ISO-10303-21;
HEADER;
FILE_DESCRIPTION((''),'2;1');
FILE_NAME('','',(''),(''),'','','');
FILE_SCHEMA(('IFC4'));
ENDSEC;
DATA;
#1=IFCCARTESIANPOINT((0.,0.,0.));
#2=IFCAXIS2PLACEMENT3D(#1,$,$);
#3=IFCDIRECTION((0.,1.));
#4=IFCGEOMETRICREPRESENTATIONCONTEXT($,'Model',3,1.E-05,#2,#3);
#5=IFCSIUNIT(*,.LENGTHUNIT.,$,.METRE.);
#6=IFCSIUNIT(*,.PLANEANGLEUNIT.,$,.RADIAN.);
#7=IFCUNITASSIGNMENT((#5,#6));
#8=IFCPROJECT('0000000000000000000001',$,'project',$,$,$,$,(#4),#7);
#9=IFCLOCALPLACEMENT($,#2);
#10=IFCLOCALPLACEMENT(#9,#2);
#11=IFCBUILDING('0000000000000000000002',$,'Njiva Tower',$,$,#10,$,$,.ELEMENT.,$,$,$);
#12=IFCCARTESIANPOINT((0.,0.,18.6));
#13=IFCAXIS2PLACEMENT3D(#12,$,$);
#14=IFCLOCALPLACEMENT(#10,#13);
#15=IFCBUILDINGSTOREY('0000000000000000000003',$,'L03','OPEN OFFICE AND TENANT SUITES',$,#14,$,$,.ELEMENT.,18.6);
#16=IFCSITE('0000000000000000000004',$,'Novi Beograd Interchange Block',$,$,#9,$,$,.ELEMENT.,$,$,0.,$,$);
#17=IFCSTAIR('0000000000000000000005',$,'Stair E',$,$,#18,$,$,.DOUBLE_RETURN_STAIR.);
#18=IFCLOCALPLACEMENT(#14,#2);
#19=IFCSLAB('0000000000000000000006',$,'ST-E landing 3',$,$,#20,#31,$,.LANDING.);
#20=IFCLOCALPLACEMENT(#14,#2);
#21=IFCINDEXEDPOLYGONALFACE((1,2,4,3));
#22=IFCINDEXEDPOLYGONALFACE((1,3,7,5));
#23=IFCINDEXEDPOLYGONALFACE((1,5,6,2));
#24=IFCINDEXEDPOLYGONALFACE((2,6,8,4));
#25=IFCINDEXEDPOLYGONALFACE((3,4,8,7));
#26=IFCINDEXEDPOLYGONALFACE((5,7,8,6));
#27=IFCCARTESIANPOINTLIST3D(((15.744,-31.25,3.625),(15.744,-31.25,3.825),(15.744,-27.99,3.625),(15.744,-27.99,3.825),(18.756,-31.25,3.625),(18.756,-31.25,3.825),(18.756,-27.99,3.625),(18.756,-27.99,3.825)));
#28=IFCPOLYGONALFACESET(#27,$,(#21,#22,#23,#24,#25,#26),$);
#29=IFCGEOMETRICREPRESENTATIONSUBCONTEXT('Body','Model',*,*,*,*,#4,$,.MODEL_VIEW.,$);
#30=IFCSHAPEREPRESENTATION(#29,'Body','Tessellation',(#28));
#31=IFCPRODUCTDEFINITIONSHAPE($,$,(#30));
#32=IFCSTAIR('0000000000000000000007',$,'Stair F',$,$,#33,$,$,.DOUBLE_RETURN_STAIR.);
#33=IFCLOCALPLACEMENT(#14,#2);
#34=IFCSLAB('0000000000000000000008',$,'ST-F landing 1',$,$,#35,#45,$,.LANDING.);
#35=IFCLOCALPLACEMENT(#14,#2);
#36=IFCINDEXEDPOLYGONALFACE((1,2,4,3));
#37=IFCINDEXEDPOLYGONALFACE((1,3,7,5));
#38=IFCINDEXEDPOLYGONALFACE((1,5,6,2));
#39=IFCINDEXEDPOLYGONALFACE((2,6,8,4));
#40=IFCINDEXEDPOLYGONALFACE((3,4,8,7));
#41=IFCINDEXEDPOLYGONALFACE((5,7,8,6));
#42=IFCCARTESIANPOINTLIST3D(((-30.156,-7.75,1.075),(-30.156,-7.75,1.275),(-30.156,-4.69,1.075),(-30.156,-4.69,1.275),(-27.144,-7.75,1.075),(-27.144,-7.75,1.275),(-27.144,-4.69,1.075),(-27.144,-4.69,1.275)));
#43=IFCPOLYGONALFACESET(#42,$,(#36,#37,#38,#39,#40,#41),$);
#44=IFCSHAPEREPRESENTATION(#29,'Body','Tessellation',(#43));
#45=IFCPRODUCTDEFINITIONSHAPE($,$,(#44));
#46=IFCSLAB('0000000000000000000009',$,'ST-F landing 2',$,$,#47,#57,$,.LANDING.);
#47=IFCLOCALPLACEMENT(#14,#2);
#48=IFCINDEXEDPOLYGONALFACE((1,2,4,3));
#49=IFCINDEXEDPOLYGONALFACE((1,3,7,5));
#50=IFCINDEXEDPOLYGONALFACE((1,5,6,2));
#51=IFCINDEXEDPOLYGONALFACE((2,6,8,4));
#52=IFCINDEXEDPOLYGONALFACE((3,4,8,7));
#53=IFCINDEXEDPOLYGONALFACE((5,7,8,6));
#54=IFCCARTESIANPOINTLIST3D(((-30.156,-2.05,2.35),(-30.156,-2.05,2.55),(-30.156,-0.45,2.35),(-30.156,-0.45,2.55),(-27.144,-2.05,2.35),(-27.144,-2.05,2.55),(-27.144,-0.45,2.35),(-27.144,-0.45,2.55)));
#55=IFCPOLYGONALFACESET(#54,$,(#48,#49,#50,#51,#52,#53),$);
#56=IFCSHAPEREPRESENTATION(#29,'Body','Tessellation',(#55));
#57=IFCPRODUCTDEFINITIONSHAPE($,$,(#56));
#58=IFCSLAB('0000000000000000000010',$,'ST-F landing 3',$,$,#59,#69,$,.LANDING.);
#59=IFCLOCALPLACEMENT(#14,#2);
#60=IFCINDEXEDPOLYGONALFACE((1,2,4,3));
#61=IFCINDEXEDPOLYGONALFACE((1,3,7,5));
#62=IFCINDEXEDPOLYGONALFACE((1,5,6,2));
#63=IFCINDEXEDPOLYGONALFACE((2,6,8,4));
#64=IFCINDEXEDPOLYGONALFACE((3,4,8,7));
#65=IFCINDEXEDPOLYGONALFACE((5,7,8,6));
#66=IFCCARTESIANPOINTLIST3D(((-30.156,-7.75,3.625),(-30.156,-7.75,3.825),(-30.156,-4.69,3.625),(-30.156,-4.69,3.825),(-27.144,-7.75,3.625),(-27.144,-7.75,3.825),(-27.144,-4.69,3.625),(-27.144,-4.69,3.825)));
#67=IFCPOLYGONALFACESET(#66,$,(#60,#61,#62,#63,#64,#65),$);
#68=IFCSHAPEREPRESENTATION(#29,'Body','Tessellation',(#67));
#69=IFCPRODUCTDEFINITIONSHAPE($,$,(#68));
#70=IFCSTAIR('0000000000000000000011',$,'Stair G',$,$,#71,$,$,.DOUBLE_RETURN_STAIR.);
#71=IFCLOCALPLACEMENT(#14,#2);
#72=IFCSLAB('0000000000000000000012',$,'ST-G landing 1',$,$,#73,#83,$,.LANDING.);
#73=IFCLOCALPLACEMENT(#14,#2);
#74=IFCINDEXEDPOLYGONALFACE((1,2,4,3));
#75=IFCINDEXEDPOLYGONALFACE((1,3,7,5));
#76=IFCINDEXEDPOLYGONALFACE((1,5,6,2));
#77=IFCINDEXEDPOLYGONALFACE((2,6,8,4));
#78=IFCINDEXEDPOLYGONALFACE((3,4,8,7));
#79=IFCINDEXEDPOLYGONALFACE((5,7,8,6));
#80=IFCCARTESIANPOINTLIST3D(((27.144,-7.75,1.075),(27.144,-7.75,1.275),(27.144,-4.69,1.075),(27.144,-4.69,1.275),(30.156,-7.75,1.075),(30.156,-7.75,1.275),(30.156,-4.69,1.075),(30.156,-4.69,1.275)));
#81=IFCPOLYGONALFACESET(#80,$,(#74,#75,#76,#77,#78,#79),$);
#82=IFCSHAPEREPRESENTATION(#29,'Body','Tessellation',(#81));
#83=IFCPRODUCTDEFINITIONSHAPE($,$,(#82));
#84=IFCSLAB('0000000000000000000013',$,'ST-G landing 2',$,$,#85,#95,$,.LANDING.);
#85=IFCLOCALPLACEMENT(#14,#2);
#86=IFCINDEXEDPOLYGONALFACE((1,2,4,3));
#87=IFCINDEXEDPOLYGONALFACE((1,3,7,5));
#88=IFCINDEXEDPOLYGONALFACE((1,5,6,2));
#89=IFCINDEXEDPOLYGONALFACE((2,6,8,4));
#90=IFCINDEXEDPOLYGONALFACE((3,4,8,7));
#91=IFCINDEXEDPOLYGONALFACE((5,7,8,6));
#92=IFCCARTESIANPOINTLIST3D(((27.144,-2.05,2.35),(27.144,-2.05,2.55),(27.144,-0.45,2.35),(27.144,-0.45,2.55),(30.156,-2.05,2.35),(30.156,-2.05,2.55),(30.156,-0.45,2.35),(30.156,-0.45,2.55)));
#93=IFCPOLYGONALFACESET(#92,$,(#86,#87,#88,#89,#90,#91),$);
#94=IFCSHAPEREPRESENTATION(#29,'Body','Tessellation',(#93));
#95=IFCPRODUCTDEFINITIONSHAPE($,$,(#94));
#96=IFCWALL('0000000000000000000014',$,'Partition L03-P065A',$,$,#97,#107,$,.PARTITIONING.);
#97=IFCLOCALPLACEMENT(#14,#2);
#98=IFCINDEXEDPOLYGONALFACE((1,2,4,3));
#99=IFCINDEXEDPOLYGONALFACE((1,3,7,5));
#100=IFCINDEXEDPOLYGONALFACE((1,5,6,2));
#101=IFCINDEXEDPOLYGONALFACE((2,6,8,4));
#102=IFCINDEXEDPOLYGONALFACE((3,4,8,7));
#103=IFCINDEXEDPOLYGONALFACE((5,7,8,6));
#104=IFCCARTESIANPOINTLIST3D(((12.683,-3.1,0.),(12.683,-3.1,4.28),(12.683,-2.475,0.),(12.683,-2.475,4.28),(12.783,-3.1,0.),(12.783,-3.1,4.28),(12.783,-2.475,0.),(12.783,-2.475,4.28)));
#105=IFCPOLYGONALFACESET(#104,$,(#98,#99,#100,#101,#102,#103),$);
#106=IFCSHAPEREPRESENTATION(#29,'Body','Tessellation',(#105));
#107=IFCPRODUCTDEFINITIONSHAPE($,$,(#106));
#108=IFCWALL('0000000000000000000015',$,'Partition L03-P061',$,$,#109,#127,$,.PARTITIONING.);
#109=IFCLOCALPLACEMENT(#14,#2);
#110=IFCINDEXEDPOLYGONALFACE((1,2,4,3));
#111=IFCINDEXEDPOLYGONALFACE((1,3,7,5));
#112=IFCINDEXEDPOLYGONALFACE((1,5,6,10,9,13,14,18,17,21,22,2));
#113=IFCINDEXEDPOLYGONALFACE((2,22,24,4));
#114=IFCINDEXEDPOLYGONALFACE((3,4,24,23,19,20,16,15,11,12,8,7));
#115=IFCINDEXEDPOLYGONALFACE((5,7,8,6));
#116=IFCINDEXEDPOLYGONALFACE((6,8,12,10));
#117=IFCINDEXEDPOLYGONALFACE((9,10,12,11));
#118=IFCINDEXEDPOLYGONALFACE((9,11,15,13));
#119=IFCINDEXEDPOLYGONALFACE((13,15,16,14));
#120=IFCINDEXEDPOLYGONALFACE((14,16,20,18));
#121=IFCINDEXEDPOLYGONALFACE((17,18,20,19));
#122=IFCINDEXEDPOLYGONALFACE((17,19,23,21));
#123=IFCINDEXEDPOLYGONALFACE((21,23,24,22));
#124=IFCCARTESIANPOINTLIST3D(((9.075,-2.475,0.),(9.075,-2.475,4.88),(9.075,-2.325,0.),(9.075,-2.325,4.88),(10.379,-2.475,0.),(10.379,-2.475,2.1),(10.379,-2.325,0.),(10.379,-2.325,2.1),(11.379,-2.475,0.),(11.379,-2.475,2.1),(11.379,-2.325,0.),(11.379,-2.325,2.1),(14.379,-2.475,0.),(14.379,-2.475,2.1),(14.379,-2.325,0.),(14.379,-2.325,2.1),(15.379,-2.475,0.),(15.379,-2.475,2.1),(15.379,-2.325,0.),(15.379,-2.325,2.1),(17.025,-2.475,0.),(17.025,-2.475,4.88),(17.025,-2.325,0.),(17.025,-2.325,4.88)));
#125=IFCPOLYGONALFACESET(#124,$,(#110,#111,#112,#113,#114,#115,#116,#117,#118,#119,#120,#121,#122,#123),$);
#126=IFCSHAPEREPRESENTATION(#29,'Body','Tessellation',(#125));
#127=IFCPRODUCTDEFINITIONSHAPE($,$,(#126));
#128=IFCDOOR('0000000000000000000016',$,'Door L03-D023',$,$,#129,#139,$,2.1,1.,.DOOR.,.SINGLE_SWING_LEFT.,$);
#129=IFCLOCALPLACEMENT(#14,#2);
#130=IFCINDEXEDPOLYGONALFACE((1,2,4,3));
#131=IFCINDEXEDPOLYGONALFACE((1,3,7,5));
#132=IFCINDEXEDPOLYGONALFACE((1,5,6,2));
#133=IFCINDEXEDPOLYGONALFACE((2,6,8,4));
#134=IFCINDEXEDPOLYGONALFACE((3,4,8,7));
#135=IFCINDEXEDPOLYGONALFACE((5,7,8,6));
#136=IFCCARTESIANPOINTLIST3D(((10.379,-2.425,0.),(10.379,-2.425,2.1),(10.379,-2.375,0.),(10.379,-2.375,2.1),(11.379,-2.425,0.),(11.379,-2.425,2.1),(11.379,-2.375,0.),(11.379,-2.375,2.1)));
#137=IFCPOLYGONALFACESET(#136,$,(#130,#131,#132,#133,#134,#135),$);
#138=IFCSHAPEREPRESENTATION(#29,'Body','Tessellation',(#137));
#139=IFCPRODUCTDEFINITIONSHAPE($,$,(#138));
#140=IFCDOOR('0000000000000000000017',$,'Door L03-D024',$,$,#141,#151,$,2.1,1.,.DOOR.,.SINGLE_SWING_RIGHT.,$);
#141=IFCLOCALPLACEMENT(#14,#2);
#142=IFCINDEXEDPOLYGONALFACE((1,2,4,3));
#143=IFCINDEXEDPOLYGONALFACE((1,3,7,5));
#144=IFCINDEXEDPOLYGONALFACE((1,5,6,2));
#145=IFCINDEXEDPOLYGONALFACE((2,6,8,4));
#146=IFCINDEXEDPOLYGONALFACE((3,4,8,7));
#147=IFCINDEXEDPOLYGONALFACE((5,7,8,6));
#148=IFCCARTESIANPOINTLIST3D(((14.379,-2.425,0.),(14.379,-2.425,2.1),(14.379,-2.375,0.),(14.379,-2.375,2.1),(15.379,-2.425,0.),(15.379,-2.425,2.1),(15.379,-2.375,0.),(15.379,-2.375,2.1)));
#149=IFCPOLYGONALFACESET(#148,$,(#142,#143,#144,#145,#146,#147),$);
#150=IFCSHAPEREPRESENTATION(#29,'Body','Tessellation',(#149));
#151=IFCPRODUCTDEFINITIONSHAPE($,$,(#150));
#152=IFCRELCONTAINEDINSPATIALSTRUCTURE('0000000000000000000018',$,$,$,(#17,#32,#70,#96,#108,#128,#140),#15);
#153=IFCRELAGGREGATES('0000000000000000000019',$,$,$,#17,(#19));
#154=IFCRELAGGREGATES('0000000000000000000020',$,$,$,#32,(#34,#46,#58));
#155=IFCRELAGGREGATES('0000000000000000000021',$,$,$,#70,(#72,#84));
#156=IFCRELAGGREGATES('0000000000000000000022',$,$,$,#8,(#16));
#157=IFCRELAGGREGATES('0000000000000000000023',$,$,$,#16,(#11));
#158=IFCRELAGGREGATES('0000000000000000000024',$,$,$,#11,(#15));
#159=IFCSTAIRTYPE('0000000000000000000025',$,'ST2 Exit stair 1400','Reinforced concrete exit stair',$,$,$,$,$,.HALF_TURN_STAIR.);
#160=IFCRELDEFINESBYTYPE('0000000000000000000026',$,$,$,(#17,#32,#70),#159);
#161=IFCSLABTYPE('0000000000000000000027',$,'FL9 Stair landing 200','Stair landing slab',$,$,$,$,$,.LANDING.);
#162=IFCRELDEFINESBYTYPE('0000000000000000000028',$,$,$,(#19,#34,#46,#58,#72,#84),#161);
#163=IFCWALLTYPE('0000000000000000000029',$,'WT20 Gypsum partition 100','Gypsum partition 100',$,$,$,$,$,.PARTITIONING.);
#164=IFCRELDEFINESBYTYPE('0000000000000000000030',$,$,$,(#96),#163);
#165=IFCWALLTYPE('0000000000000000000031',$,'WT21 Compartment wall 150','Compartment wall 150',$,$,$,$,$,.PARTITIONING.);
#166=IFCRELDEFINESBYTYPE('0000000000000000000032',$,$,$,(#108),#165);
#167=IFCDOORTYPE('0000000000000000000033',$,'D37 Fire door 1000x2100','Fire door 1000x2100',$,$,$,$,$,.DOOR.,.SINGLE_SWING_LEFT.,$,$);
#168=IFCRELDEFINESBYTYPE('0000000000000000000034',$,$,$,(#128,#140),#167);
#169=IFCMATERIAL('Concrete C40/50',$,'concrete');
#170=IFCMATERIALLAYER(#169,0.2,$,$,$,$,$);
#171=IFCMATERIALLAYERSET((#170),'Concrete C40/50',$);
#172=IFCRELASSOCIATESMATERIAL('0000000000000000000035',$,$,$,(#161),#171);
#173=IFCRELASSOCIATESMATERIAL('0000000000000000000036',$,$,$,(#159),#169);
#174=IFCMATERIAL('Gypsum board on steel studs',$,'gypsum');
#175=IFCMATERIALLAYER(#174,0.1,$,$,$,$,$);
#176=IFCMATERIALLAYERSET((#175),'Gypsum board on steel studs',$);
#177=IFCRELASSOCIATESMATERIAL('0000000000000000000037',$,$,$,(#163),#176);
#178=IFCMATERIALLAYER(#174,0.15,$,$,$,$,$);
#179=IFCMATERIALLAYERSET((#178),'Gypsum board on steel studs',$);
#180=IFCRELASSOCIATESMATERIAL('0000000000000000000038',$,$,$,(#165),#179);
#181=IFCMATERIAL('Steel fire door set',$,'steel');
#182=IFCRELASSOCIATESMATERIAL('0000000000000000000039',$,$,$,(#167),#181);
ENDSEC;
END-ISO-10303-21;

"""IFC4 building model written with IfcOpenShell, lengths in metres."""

from ifc_helpers import new_model, si_unit, direction, frame, frame_2d, origin, place, context, subcontext, project, spatial, polyline, rectangle, outline, extrude, material, layer, layer_set, type_object, element, fill, aggregate, save


model = new_model("IFC4")

# Units and contexts
model_context = context("Model", 3, precision=1e-05, world=origin(), true_north=direction((0.0, 1.0)))
body_context = subcontext(model_context, "Body", "Model", "MODEL_VIEW")
ifc_project = project(units=[si_unit("LENGTHUNIT", "METRE"), si_unit("PLANEANGLEUNIT", "RADIAN")], contexts=[model_context])

# Site, building, storey
site_placement = place(None, origin())
site = spatial("IfcSite", under=ifc_project, at=site_placement, Name="Novi Beograd Interchange Block", CompositionType="ELEMENT", RefElevation=0.0)
building_placement = place(site_placement, origin())
building = spatial("IfcBuilding", under=site, at=building_placement, Name="Njiva Tower", CompositionType="ELEMENT")
storey_placement = place(building_placement, frame((0.0, 0.0, 18.6)))
storey = spatial("IfcBuildingStorey", under=building, at=storey_placement, Name="L03", Description="OPEN OFFICE AND TENANT SUITES", CompositionType="ELEMENT", Elevation=18.6)

# Stairs, slabs
ifc_material_1 = material(Name="Concrete C40/50", Category="concrete")
ifc_layer_1 = layer(ifc_material_1, 0.2)
ifc_layer_set_1 = layer_set([ifc_layer_1], Name="Concrete C40/50")
slab_type = type_object("IfcSlabType", Name="FL9 Stair landing 200", Description="Stair landing slab", PredefinedType="LANDING", material=ifc_layer_set_1)
stair_type_1 = type_object("IfcStairType", Name="ST2 Exit stair 1400", Description="Reinforced concrete exit stair", PredefinedType="HALF_TURN_STAIR", material=ifc_material_1)
stair_1_placement = place(storey_placement, origin())
stair_1 = element("IfcStair", 1, at=stair_1_placement, inside=storey, type_object=stair_type_1, Name="Stair E", PredefinedType="DOUBLE_RETURN_STAIR")
slab_1_placement = place(storey_placement, frame((0.0, 0.0, 3.625)))
slab_1 = element("IfcSlab", 2, at=slab_1_placement, type_object=slab_type, Name="ST-E landing 3", PredefinedType="LANDING", context=body_context, shape_type="SweptSolid", body=[
    extrude(outline(polyline([(15.744, -31.25), (18.756, -31.25), (18.756, -27.99), (15.744, -27.99), (15.744, -31.25)])), origin(), (0.0, 0.0, 1.0), 0.2),
])
aggregate(stair_1, [slab_1])
stair_2_placement = place(storey_placement, origin())
stair_2 = element("IfcStair", 3, at=stair_2_placement, inside=storey, type_object=stair_type_1, Name="Stair F", PredefinedType="DOUBLE_RETURN_STAIR")
slab_2_placement = place(storey_placement, frame((0.0, 0.0, 1.075)))
slab_2 = element("IfcSlab", 4, at=slab_2_placement, type_object=slab_type, Name="ST-F landing 1", PredefinedType="LANDING", context=body_context, shape_type="SweptSolid", body=[
    extrude(outline(polyline([(-30.156, -7.75), (-27.144, -7.75), (-27.144, -4.69), (-30.156, -4.69), (-30.156, -7.75)])), origin(), (0.0, 0.0, 1.0), 0.2),
])
slab_3_placement = place(storey_placement, frame((0.0, 0.0, 2.35)))
slab_3 = element("IfcSlab", 5, at=slab_3_placement, type_object=slab_type, Name="ST-F landing 2", PredefinedType="LANDING", context=body_context, shape_type="SweptSolid", body=[
    extrude(outline(polyline([(-30.156, -2.05), (-27.144, -2.05), (-27.144, -0.45), (-30.156, -0.45), (-30.156, -2.05)])), origin(), (0.0, 0.0, 1.0), 0.2),
])
slab_4_placement = place(storey_placement, frame((0.0, 0.0, 3.625)))
slab_4 = element("IfcSlab", 6, at=slab_4_placement, type_object=slab_type, Name="ST-F landing 3", PredefinedType="LANDING", context=body_context, shape_type="SweptSolid", body=[
    extrude(outline(polyline([(-30.156, -7.75), (-27.144, -7.75), (-27.144, -4.69), (-30.156, -4.69), (-30.156, -7.75)])), origin(), (0.0, 0.0, 1.0), 0.2),
])
aggregate(stair_2, [slab_2, slab_3, slab_4])
stair_3_placement = place(storey_placement, origin())
stair_3 = element("IfcStair", 7, at=stair_3_placement, inside=storey, type_object=stair_type_1, Name="Stair G", PredefinedType="DOUBLE_RETURN_STAIR")
slab_5_placement = place(storey_placement, frame((0.0, 0.0, 1.075)))
slab_5 = element("IfcSlab", 8, at=slab_5_placement, type_object=slab_type, Name="ST-G landing 1", PredefinedType="LANDING", context=body_context, shape_type="SweptSolid", body=[
    extrude(outline(polyline([(27.144, -7.75), (30.156, -7.75), (30.156, -4.69), (27.144, -4.69), (27.144, -7.75)])), origin(), (0.0, 0.0, 1.0), 0.2),
])
slab_6_placement = place(storey_placement, frame((0.0, 0.0, 2.35)))
slab_6 = element("IfcSlab", 9, at=slab_6_placement, type_object=slab_type, Name="ST-G landing 2", PredefinedType="LANDING", context=body_context, shape_type="SweptSolid", body=[
    extrude(outline(polyline([(27.144, -2.05), (30.156, -2.05), (30.156, -0.45), (27.144, -0.45), (27.144, -2.05)])), origin(), (0.0, 0.0, 1.0), 0.2),
])
aggregate(stair_3, [slab_5, slab_6])

# Wall
ifc_material_2 = material(Name="Gypsum board on steel studs", Category="gypsum")
ifc_layer_2 = layer(ifc_material_2, 0.1)
ifc_layer_set_2 = layer_set([ifc_layer_2], Name="Gypsum board on steel studs")
wall_type_1 = type_object("IfcWallType", Name="WT20 Gypsum partition 100", Description="Gypsum partition 100", PredefinedType="PARTITIONING", material=ifc_layer_set_2)
wall_1_placement = place(storey_placement, frame((12.733, -3.1, 0.0), z_axis=(0.0, 0.0, 1.0), x_axis=(0.0, 1.0, 0.0)))
element("IfcWall", 10, at=wall_1_placement, inside=storey, type_object=wall_type_1, Name="Partition L03-P065A", PredefinedType="PARTITIONING", context=body_context, shape_type="SweptSolid", body=[
    extrude(rectangle(XDim=0.625, YDim=0.1, at=frame_2d((0.3125, 0.0))), origin(), (0.0, 0.0, 1.0), 4.28),
])

# Wall, openings, doors
ifc_layer_3 = layer(ifc_material_2, 0.15)
ifc_layer_set_3 = layer_set([ifc_layer_3], Name="Gypsum board on steel studs")
wall_type_2 = type_object("IfcWallType", Name="WT21 Compartment wall 150", Description="Compartment wall 150", PredefinedType="PARTITIONING", material=ifc_layer_set_3)
wall_2_placement = place(storey_placement, frame((9.075, -2.4, 0.0), z_axis=(0.0, 0.0, 1.0), x_axis=(1.0, 0.0, 0.0)))
wall_2 = element("IfcWall", 11, at=wall_2_placement, inside=storey, type_object=wall_type_2, Name="Partition L03-P061", PredefinedType="PARTITIONING", context=body_context, shape_type="SweptSolid", body=[
    extrude(rectangle(XDim=7.95, YDim=0.15, at=frame_2d((3.975, 0.0))), origin(), (0.0, 0.0, 1.0), 4.88),
])
opening_1_placement = place(wall_2_placement, frame((1.304, 0.0, 0.0)))
opening_1 = element("IfcOpeningElement", 12, at=opening_1_placement, cuts=wall_2, PredefinedType="OPENING", context=body_context, shape_type="SweptSolid", body=[
    extrude(rectangle(XDim=1.0, YDim=2.1, at=frame_2d((0.5, 1.05))), frame((0.0, 0.085, 0.0), z_axis=(0.0, -1.0, 0.0), x_axis=(1.0, 0.0, 0.0)), (0.0, 0.0, 1.0), 0.17),
])
opening_2_placement = place(wall_2_placement, frame((5.304, 0.0, 0.0)))
opening_2 = element("IfcOpeningElement", 13, at=opening_2_placement, cuts=wall_2, PredefinedType="OPENING", context=body_context, shape_type="SweptSolid", body=[
    extrude(rectangle(XDim=1.0, YDim=2.1, at=frame_2d((0.5, 1.05))), frame((0.0, 0.085, 0.0), z_axis=(0.0, -1.0, 0.0), x_axis=(1.0, 0.0, 0.0)), (0.0, 0.0, 1.0), 0.17),
])
ifc_material_3 = material(Name="Steel fire door set", Category="steel")
door_type = type_object("IfcDoorType", Name="D37 Fire door 1000x2100", Description="Fire door 1000x2100", OperationType="SINGLE_SWING_LEFT", PredefinedType="DOOR", material=ifc_material_3)
door_1_placement = place(opening_1_placement, origin())
door_1 = element("IfcDoor", 14, at=door_1_placement, inside=storey, type_object=door_type, Name="Door L03-D023", OperationType="SINGLE_SWING_LEFT", OverallHeight=2.1, OverallWidth=1.0, PredefinedType="DOOR", context=body_context, shape_type="SweptSolid", body=[
    extrude(rectangle(XDim=1.0, YDim=2.1, at=frame_2d((0.5, 1.05))), frame((0.0, 0.025, 0.0), z_axis=(0.0, -1.0, 0.0), x_axis=(1.0, 0.0, 0.0)), (0.0, 0.0, 1.0), 0.05),
])
fill(opening_1, door_1)
door_2_placement = place(opening_2_placement, origin())
door_2 = element("IfcDoor", 15, at=door_2_placement, inside=storey, type_object=door_type, Name="Door L03-D024", OperationType="SINGLE_SWING_RIGHT", OverallHeight=2.1, OverallWidth=1.0, PredefinedType="DOOR", context=body_context, shape_type="SweptSolid", body=[
    extrude(rectangle(XDim=1.0, YDim=2.1, at=frame_2d((0.5, 1.05))), frame((0.0, 0.025, 0.0), z_axis=(0.0, -1.0, 0.0), x_axis=(1.0, 0.0, 0.0)), (0.0, 0.0, 1.0), 0.05),
])
fill(opening_2, door_2)

save(model, "model.ifc")
